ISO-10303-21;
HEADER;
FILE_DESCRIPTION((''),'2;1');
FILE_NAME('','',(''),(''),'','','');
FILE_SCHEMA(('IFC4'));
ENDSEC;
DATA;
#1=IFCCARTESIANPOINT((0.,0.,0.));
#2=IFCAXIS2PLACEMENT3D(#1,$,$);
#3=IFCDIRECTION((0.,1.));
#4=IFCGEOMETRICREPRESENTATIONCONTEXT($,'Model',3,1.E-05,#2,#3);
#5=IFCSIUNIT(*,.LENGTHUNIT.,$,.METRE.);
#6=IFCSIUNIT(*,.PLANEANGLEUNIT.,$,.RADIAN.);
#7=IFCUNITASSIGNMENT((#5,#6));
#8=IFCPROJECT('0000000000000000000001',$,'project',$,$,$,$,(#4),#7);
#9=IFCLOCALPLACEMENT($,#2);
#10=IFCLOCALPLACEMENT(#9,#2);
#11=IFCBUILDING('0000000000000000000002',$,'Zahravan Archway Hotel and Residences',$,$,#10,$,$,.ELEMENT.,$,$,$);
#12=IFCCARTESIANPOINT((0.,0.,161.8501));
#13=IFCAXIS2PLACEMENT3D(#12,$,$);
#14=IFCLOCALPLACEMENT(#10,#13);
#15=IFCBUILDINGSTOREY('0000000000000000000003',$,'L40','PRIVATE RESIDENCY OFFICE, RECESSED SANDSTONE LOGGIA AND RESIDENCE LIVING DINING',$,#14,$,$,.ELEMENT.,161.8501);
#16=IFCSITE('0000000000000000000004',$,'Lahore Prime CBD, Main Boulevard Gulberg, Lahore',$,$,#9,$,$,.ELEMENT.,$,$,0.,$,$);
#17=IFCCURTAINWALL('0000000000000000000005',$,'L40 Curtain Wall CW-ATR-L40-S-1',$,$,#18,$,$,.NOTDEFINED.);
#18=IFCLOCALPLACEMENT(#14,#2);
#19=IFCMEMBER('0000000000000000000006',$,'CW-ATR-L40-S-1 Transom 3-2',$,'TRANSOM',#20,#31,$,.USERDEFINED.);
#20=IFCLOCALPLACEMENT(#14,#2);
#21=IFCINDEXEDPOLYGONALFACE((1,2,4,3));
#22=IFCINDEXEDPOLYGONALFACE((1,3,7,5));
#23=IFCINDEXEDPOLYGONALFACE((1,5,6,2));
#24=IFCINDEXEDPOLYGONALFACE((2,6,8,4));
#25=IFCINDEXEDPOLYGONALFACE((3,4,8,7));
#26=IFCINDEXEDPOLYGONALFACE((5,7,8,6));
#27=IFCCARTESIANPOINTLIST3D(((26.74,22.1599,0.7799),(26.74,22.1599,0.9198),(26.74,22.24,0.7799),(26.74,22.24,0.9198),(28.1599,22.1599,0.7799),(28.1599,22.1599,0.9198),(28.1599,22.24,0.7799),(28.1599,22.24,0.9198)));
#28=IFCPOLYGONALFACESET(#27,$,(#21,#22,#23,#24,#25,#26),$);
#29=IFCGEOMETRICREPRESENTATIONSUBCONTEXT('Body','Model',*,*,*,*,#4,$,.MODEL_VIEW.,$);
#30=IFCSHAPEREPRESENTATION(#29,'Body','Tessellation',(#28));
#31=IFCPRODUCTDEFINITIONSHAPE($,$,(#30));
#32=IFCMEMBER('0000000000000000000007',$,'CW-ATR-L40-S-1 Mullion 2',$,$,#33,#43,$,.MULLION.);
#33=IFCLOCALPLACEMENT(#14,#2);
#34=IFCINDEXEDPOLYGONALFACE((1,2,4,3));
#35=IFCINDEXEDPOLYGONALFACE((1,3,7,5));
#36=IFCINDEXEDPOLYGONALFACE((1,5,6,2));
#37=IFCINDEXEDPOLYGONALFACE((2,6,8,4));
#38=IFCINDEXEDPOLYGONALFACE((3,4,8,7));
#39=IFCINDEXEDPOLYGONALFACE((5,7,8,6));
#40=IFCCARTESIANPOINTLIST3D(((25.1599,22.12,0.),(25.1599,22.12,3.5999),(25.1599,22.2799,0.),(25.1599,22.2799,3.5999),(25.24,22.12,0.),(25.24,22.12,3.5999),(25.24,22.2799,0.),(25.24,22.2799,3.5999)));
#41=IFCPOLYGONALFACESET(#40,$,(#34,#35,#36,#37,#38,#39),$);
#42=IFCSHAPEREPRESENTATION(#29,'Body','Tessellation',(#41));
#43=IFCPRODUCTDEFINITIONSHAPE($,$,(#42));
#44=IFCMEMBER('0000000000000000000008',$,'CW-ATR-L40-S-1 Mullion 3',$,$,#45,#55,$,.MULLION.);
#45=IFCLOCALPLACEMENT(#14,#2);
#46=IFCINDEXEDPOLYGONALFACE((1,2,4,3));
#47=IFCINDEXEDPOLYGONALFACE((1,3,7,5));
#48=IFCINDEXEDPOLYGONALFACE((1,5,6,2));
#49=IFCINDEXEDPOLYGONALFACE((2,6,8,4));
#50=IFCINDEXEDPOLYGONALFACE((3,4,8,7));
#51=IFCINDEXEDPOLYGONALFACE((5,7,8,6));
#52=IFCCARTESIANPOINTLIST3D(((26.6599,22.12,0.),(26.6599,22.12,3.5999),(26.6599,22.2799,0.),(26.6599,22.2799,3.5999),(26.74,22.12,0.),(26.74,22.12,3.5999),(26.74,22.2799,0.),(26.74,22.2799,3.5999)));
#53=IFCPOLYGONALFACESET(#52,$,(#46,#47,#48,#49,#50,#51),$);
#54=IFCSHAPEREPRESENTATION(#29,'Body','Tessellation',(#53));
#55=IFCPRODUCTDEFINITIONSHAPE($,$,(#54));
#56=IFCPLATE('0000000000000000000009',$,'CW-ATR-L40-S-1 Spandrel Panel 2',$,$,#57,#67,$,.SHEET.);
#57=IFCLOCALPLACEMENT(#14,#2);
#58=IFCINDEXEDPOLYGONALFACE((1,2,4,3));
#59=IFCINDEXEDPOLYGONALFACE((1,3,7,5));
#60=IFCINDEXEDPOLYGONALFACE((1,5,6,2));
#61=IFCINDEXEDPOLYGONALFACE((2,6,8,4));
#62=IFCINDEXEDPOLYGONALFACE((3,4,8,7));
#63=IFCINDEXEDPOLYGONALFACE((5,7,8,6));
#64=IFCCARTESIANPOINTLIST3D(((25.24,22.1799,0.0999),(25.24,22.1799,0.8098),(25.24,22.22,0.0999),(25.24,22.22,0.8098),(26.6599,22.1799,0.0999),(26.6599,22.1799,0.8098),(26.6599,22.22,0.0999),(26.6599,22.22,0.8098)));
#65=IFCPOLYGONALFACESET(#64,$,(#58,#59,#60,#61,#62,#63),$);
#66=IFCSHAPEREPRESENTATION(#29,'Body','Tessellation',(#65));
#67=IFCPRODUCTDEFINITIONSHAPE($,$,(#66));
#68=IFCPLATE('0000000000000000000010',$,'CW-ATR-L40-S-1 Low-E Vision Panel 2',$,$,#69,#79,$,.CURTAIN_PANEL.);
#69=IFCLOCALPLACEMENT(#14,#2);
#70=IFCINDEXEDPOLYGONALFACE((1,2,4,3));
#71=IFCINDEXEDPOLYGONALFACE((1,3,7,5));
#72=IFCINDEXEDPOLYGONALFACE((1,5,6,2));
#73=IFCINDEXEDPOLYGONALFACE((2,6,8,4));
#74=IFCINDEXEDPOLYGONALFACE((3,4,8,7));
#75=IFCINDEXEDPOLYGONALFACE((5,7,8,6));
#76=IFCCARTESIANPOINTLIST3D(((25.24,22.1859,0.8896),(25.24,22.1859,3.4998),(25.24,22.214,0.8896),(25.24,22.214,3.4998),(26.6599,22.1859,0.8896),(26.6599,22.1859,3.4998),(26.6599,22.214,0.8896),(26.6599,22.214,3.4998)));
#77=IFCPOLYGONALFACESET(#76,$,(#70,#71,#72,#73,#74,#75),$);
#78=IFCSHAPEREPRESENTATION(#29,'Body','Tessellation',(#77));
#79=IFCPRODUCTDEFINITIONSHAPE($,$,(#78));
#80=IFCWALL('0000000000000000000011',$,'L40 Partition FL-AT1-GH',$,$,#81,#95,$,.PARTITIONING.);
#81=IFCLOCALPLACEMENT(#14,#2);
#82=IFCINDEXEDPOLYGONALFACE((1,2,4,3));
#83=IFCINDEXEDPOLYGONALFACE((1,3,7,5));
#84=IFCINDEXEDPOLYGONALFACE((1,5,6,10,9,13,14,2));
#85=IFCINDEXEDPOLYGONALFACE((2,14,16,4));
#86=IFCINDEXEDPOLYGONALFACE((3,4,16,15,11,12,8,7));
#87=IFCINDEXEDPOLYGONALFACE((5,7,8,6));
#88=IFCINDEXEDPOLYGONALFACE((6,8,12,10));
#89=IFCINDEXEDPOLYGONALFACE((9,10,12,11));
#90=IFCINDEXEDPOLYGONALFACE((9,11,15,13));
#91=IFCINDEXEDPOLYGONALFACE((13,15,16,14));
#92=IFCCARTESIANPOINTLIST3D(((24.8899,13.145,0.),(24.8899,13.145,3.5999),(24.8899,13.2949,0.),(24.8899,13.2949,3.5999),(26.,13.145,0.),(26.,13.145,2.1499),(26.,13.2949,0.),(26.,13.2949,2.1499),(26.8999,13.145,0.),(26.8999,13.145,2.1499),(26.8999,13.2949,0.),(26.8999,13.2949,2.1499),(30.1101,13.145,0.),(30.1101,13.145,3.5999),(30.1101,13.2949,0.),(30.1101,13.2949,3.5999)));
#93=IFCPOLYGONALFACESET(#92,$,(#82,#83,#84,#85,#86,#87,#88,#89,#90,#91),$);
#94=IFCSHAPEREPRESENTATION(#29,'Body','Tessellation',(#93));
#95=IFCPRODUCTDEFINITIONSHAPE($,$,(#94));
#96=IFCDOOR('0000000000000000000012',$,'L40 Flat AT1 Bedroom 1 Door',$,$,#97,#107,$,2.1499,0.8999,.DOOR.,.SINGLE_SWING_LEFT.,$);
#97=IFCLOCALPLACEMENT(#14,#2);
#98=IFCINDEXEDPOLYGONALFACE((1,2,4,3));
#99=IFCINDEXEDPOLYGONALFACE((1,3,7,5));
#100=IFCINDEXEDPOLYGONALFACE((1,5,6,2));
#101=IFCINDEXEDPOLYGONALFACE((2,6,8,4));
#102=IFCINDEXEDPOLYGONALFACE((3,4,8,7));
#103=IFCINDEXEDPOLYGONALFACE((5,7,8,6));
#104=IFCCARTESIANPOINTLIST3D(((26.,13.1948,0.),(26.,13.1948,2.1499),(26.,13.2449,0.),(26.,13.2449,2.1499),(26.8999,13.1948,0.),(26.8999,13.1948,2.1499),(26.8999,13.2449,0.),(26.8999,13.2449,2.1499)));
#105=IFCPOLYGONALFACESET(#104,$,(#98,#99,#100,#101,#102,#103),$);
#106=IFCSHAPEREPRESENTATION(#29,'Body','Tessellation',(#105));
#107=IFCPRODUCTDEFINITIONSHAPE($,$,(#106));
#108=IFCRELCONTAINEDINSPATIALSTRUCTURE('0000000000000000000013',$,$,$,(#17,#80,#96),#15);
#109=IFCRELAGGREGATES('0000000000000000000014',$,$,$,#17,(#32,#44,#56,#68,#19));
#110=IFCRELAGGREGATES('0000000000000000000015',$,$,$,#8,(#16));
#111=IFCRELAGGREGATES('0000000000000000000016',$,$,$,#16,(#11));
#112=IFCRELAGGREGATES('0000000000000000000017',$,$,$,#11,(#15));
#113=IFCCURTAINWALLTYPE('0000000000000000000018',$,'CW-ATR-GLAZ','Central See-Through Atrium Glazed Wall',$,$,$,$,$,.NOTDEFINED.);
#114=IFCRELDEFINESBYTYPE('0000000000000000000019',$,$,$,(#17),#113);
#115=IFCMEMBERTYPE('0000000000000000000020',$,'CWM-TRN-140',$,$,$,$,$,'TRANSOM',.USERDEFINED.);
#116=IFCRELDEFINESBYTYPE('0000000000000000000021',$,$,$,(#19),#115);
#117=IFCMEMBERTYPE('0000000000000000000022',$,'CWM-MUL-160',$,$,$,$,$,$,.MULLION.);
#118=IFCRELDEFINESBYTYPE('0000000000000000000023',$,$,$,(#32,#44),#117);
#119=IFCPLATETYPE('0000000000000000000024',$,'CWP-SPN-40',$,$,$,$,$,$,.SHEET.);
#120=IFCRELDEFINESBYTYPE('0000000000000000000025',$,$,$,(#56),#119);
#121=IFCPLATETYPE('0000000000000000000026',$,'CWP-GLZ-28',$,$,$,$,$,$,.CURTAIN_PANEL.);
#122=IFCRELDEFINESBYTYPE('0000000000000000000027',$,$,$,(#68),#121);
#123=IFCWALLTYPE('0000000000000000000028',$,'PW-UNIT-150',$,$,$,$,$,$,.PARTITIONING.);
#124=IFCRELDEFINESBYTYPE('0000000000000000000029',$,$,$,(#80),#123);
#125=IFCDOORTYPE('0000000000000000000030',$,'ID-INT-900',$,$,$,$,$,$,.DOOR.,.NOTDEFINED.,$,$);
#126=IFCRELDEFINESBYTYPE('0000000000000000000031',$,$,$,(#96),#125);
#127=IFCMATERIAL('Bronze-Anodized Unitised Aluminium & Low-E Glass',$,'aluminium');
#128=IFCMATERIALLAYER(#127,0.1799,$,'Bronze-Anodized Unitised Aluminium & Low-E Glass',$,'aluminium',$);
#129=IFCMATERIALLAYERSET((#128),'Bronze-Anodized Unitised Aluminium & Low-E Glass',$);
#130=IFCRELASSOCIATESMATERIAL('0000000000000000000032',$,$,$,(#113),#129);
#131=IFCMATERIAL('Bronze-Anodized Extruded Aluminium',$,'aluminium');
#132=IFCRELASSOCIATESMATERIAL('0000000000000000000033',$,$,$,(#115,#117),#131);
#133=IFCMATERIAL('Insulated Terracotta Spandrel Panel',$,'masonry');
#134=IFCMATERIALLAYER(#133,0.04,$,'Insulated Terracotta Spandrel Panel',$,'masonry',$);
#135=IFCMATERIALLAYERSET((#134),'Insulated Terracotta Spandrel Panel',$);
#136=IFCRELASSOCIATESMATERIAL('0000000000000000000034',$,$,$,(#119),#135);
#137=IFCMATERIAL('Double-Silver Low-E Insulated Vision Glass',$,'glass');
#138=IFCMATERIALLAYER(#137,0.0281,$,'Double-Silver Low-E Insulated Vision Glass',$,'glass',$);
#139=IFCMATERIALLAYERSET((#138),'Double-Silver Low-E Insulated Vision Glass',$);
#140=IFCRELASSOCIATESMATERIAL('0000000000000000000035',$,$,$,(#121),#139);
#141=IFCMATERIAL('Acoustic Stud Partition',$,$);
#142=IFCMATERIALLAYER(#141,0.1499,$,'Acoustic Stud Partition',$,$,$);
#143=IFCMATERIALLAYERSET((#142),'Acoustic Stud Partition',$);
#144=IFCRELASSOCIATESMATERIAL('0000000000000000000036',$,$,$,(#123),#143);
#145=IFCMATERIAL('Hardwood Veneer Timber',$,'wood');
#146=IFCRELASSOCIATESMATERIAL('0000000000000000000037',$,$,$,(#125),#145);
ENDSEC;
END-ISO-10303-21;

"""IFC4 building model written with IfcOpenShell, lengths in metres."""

from ifc_helpers import new_model, si_unit, direction, frame, frame_2d, origin, origin_2d, place, context, subcontext, project, spatial, rectangle, extrude, source, transform, mapped, material, layer, layer_set, material_profile, profile_set, type_object, type_shapes, element, fill, aggregate, save


model = new_model("IFC4")

# Units and contexts
model_context = context("Model", 3, precision=1e-05, world=origin(), true_north=direction((0.0, 1.0)))
body_context = subcontext(model_context, "Body", "Model", "MODEL_VIEW")
ifc_project = project(units=[si_unit("LENGTHUNIT", "METRE"), si_unit("PLANEANGLEUNIT", "RADIAN")], contexts=[model_context])

# Site, building, storey
site_placement = place(None, origin())
site = spatial("IfcSite", under=ifc_project, at=site_placement, Name="Lahore Prime CBD, Main Boulevard Gulberg, Lahore", CompositionType="ELEMENT", RefElevation=0.0)
building_placement = place(site_placement, origin())
building = spatial("IfcBuilding", under=site, at=building_placement, Name="Zahravan Archway Hotel and Residences", CompositionType="ELEMENT")
storey_placement = place(building_placement, frame((0.0, 0.0, 161.8501)))
storey = spatial("IfcBuildingStorey", under=building, at=storey_placement, Name="L40", Description="PRIVATE RESIDENCY OFFICE, RECESSED SANDSTONE LOGGIA AND RESIDENCE LIVING DINING", CompositionType="ELEMENT", Elevation=161.8501)

# Curtain wall, members, plates
ifc_material_1 = material(Name="Bronze-Anodized Unitised Aluminium & Low-E Glass", Category="aluminium")
ifc_layer_1 = layer(ifc_material_1, 0.1799, Name="Bronze-Anodized Unitised Aluminium & Low-E Glass", Category="aluminium")
ifc_layer_set_1 = layer_set([ifc_layer_1], Name="Bronze-Anodized Unitised Aluminium & Low-E Glass")
curtain_wall_type = type_object("IfcCurtainWallType", Name="CW-ATR-GLAZ", Description="Central See-Through Atrium Glazed Wall", PredefinedType="NOTDEFINED", material=ifc_layer_set_1)
curtain_wall_placement = place(storey_placement, origin())
curtain_wall = element("IfcCurtainWall", 1, at=curtain_wall_placement, inside=storey, type_object=curtain_wall_type, Name="L40 Curtain Wall CW-ATR-L40-S-1", PredefinedType="NOTDEFINED")
ifc_material_2 = material(Name="Bronze-Anodized Extruded Aluminium", Category="aluminium")
ifc_material_profile_1 = material_profile(ifc_material_2, rectangle(XDim=0.0801, YDim=0.1399, at=origin_2d()), Name="TRN 80x140", Category="aluminium")
ifc_profile_set_1 = profile_set([ifc_material_profile_1], Name="Bronze-Anodized Extruded Aluminium")
member_type_1 = type_object("IfcMemberType", Name="CWM-TRN-140", ElementType="TRANSOM", PredefinedType="USERDEFINED", material=ifc_profile_set_1)
shared_shape_1 = source(origin(), body_context, "Body", "SweptSolid", [
    extrude(rectangle(XDim=0.0801, YDim=0.1399, at=origin_2d()), origin(), (0.0, 0.0, 1.0), 1.4199),
])
member_1_placement = place(storey_placement, frame((26.74, 22.2, 0.8499), z_axis=(1.0, 0.0, 0.0), x_axis=(0.0, 1.0, 0.0)))
member_1 = element("IfcMember", 2, at=member_1_placement, type_object=member_type_1, Name="CW-ATR-L40-S-1 Transom 3-2", ObjectType="TRANSOM", PredefinedType="USERDEFINED", context=body_context, shape_type="MappedRepresentation", body=[
    mapped(shared_shape_1, transform((0.0, 0.0, 0.0), scale=1.0)),
])
ifc_material_profile_2 = material_profile(ifc_material_2, rectangle(XDim=0.0801, YDim=0.1599, at=origin_2d()), Name="MUL 80x160", Category="aluminium")
ifc_profile_set_2 = profile_set([ifc_material_profile_2], Name="Bronze-Anodized Extruded Aluminium")
member_type_2 = type_object("IfcMemberType", Name="CWM-MUL-160", PredefinedType="MULLION", material=ifc_profile_set_2)
shared_shape_2 = source(origin(), body_context, "Body", "SweptSolid", [
    extrude(rectangle(XDim=0.0801, YDim=0.1599, at=origin_2d()), origin(), (0.0, 0.0, 1.0), 3.5999),
])
member_2_placement = place(storey_placement, frame((25.2, 22.2, 0.0), z_axis=(0.0, 0.0, 1.0), x_axis=(1.0, 0.0, 0.0)))
member_2 = element("IfcMember", 3, at=member_2_placement, type_object=member_type_2, Name="CW-ATR-L40-S-1 Mullion 2", PredefinedType="MULLION", context=body_context, shape_type="MappedRepresentation", body=[
    mapped(shared_shape_2, transform((0.0, 0.0, 0.0), scale=1.0)),
])
member_3_placement = place(storey_placement, frame((26.7, 22.2, 0.0), z_axis=(0.0, 0.0, 1.0), x_axis=(1.0, 0.0, 0.0)))
member_3 = element("IfcMember", 4, at=member_3_placement, type_object=member_type_2, Name="CW-ATR-L40-S-1 Mullion 3", PredefinedType="MULLION", context=body_context, shape_type="MappedRepresentation", body=[
    mapped(shared_shape_2, transform((0.0, 0.0, 0.0), scale=1.0)),
])
ifc_material_3 = material(Name="Insulated Terracotta Spandrel Panel", Category="masonry")
ifc_layer_2 = layer(ifc_material_3, 0.04, Name="Insulated Terracotta Spandrel Panel", Category="masonry")
ifc_layer_set_2 = layer_set([ifc_layer_2], Name="Insulated Terracotta Spandrel Panel")
plate_type_1 = type_object("IfcPlateType", Name="CWP-SPN-40", PredefinedType="SHEET", material=ifc_layer_set_2)
shared_shape_3 = source(origin(), body_context, "Body", "SweptSolid", [
    extrude(rectangle(XDim=1.4199, YDim=0.04, at=origin_2d()), origin(), (0.0, 0.0, 1.0), 0.71),
])
plate_1_placement = place(storey_placement, frame((25.95, 22.2, 0.0999), z_axis=(0.0, 0.0, 1.0), x_axis=(1.0, 0.0, 0.0)))
plate_1 = element("IfcPlate", 5, at=plate_1_placement, type_object=plate_type_1, Name="CW-ATR-L40-S-1 Spandrel Panel 2", PredefinedType="SHEET", context=body_context, shape_type="MappedRepresentation", body=[
    mapped(shared_shape_3, transform((0.0, 0.0, 0.0), scale=1.0)),
])
ifc_material_4 = material(Name="Double-Silver Low-E Insulated Vision Glass", Category="glass")
ifc_layer_3 = layer(ifc_material_4, 0.0281, Name="Double-Silver Low-E Insulated Vision Glass", Category="glass")
ifc_layer_set_3 = layer_set([ifc_layer_3], Name="Double-Silver Low-E Insulated Vision Glass")
plate_type_2 = type_object("IfcPlateType", Name="CWP-GLZ-28", PredefinedType="CURTAIN_PANEL", material=ifc_layer_set_3)
shared_shape_4 = source(origin(), body_context, "Body", "SweptSolid", [
    extrude(rectangle(XDim=1.4199, YDim=0.0281, at=origin_2d()), origin(), (0.0, 0.0, 1.0), 2.6101),
])
plate_2_placement = place(storey_placement, frame((25.95, 22.2, 0.8896), z_axis=(0.0, 0.0, 1.0), x_axis=(1.0, 0.0, 0.0)))
plate_2 = element("IfcPlate", 6, at=plate_2_placement, type_object=plate_type_2, Name="CW-ATR-L40-S-1 Low-E Vision Panel 2", PredefinedType="CURTAIN_PANEL", context=body_context, shape_type="MappedRepresentation", body=[
    mapped(shared_shape_4, transform((0.0, 0.0, 0.0), scale=1.0)),
])
aggregate(curtain_wall, [member_2, member_3, plate_1, plate_2, member_1])

# Wall, opening, door
ifc_material_5 = material(Name="Acoustic Stud Partition")
ifc_layer_4 = layer(ifc_material_5, 0.1499, Name="Acoustic Stud Partition")
ifc_layer_set_4 = layer_set([ifc_layer_4], Name="Acoustic Stud Partition")
wall_type = type_object("IfcWallType", Name="PW-UNIT-150", PredefinedType="PARTITIONING", material=ifc_layer_set_4)
wall_placement = place(storey_placement, frame((24.8899, 13.22, 0.0), z_axis=(0.0, 0.0, 1.0), x_axis=(1.0, 0.0, 0.0)))
wall = element("IfcWall", 7, at=wall_placement, inside=storey, type_object=wall_type, Name="L40 Partition FL-AT1-GH", PredefinedType="PARTITIONING", context=body_context, shape_type="SweptSolid", body=[
    extrude(rectangle(XDim=5.2202, YDim=0.1499, at=frame_2d((2.6101, 0.0))), origin(), (0.0, 0.0, 1.0), 3.5999),
])
opening_placement = place(wall_placement, frame((1.1101, 0.0, 0.0)))
opening = element("IfcOpeningElement", 8, at=opening_placement, cuts=wall, PredefinedType="OPENING", context=body_context, shape_type="SweptSolid", body=[
    extrude(rectangle(XDim=0.8999, YDim=2.1499, at=frame_2d((0.45, 1.075))), frame((0.0, 0.085, 0.0), z_axis=(0.0, -1.0, 0.0), x_axis=(1.0, 0.0, 0.0)), (0.0, 0.0, 1.0), 0.1699),
])
ifc_material_6 = material(Name="Hardwood Veneer Timber", Category="wood")
door_type = type_object("IfcDoorType", Name="ID-INT-900", OperationType="NOTDEFINED", PredefinedType="DOOR", material=ifc_material_6)
shared_shape_5 = source(origin(), body_context, "Body", "SweptSolid", [
    extrude(rectangle(XDim=0.8999, YDim=2.1499, at=frame_2d((0.45, 1.075))), frame((0.0, 0.0249, 0.0), z_axis=(0.0, -1.0, 0.0), x_axis=(1.0, 0.0, 0.0)), (0.0, 0.0, 1.0), 0.05),
])
type_shapes(door_type, [shared_shape_5])
door_placement = place(opening_placement, origin())
door = element("IfcDoor", 9, at=door_placement, inside=storey, type_object=door_type, Name="L40 Flat AT1 Bedroom 1 Door", OperationType="SINGLE_SWING_LEFT", OverallHeight=2.1499, OverallWidth=0.8999, PredefinedType="DOOR", context=body_context, shape_type="MappedRepresentation", body=[
    mapped(shared_shape_5, transform((0.0, 0.0, 0.0), scale=1.0)),
])
fill(opening, door)

save(model, "model.ifc")
